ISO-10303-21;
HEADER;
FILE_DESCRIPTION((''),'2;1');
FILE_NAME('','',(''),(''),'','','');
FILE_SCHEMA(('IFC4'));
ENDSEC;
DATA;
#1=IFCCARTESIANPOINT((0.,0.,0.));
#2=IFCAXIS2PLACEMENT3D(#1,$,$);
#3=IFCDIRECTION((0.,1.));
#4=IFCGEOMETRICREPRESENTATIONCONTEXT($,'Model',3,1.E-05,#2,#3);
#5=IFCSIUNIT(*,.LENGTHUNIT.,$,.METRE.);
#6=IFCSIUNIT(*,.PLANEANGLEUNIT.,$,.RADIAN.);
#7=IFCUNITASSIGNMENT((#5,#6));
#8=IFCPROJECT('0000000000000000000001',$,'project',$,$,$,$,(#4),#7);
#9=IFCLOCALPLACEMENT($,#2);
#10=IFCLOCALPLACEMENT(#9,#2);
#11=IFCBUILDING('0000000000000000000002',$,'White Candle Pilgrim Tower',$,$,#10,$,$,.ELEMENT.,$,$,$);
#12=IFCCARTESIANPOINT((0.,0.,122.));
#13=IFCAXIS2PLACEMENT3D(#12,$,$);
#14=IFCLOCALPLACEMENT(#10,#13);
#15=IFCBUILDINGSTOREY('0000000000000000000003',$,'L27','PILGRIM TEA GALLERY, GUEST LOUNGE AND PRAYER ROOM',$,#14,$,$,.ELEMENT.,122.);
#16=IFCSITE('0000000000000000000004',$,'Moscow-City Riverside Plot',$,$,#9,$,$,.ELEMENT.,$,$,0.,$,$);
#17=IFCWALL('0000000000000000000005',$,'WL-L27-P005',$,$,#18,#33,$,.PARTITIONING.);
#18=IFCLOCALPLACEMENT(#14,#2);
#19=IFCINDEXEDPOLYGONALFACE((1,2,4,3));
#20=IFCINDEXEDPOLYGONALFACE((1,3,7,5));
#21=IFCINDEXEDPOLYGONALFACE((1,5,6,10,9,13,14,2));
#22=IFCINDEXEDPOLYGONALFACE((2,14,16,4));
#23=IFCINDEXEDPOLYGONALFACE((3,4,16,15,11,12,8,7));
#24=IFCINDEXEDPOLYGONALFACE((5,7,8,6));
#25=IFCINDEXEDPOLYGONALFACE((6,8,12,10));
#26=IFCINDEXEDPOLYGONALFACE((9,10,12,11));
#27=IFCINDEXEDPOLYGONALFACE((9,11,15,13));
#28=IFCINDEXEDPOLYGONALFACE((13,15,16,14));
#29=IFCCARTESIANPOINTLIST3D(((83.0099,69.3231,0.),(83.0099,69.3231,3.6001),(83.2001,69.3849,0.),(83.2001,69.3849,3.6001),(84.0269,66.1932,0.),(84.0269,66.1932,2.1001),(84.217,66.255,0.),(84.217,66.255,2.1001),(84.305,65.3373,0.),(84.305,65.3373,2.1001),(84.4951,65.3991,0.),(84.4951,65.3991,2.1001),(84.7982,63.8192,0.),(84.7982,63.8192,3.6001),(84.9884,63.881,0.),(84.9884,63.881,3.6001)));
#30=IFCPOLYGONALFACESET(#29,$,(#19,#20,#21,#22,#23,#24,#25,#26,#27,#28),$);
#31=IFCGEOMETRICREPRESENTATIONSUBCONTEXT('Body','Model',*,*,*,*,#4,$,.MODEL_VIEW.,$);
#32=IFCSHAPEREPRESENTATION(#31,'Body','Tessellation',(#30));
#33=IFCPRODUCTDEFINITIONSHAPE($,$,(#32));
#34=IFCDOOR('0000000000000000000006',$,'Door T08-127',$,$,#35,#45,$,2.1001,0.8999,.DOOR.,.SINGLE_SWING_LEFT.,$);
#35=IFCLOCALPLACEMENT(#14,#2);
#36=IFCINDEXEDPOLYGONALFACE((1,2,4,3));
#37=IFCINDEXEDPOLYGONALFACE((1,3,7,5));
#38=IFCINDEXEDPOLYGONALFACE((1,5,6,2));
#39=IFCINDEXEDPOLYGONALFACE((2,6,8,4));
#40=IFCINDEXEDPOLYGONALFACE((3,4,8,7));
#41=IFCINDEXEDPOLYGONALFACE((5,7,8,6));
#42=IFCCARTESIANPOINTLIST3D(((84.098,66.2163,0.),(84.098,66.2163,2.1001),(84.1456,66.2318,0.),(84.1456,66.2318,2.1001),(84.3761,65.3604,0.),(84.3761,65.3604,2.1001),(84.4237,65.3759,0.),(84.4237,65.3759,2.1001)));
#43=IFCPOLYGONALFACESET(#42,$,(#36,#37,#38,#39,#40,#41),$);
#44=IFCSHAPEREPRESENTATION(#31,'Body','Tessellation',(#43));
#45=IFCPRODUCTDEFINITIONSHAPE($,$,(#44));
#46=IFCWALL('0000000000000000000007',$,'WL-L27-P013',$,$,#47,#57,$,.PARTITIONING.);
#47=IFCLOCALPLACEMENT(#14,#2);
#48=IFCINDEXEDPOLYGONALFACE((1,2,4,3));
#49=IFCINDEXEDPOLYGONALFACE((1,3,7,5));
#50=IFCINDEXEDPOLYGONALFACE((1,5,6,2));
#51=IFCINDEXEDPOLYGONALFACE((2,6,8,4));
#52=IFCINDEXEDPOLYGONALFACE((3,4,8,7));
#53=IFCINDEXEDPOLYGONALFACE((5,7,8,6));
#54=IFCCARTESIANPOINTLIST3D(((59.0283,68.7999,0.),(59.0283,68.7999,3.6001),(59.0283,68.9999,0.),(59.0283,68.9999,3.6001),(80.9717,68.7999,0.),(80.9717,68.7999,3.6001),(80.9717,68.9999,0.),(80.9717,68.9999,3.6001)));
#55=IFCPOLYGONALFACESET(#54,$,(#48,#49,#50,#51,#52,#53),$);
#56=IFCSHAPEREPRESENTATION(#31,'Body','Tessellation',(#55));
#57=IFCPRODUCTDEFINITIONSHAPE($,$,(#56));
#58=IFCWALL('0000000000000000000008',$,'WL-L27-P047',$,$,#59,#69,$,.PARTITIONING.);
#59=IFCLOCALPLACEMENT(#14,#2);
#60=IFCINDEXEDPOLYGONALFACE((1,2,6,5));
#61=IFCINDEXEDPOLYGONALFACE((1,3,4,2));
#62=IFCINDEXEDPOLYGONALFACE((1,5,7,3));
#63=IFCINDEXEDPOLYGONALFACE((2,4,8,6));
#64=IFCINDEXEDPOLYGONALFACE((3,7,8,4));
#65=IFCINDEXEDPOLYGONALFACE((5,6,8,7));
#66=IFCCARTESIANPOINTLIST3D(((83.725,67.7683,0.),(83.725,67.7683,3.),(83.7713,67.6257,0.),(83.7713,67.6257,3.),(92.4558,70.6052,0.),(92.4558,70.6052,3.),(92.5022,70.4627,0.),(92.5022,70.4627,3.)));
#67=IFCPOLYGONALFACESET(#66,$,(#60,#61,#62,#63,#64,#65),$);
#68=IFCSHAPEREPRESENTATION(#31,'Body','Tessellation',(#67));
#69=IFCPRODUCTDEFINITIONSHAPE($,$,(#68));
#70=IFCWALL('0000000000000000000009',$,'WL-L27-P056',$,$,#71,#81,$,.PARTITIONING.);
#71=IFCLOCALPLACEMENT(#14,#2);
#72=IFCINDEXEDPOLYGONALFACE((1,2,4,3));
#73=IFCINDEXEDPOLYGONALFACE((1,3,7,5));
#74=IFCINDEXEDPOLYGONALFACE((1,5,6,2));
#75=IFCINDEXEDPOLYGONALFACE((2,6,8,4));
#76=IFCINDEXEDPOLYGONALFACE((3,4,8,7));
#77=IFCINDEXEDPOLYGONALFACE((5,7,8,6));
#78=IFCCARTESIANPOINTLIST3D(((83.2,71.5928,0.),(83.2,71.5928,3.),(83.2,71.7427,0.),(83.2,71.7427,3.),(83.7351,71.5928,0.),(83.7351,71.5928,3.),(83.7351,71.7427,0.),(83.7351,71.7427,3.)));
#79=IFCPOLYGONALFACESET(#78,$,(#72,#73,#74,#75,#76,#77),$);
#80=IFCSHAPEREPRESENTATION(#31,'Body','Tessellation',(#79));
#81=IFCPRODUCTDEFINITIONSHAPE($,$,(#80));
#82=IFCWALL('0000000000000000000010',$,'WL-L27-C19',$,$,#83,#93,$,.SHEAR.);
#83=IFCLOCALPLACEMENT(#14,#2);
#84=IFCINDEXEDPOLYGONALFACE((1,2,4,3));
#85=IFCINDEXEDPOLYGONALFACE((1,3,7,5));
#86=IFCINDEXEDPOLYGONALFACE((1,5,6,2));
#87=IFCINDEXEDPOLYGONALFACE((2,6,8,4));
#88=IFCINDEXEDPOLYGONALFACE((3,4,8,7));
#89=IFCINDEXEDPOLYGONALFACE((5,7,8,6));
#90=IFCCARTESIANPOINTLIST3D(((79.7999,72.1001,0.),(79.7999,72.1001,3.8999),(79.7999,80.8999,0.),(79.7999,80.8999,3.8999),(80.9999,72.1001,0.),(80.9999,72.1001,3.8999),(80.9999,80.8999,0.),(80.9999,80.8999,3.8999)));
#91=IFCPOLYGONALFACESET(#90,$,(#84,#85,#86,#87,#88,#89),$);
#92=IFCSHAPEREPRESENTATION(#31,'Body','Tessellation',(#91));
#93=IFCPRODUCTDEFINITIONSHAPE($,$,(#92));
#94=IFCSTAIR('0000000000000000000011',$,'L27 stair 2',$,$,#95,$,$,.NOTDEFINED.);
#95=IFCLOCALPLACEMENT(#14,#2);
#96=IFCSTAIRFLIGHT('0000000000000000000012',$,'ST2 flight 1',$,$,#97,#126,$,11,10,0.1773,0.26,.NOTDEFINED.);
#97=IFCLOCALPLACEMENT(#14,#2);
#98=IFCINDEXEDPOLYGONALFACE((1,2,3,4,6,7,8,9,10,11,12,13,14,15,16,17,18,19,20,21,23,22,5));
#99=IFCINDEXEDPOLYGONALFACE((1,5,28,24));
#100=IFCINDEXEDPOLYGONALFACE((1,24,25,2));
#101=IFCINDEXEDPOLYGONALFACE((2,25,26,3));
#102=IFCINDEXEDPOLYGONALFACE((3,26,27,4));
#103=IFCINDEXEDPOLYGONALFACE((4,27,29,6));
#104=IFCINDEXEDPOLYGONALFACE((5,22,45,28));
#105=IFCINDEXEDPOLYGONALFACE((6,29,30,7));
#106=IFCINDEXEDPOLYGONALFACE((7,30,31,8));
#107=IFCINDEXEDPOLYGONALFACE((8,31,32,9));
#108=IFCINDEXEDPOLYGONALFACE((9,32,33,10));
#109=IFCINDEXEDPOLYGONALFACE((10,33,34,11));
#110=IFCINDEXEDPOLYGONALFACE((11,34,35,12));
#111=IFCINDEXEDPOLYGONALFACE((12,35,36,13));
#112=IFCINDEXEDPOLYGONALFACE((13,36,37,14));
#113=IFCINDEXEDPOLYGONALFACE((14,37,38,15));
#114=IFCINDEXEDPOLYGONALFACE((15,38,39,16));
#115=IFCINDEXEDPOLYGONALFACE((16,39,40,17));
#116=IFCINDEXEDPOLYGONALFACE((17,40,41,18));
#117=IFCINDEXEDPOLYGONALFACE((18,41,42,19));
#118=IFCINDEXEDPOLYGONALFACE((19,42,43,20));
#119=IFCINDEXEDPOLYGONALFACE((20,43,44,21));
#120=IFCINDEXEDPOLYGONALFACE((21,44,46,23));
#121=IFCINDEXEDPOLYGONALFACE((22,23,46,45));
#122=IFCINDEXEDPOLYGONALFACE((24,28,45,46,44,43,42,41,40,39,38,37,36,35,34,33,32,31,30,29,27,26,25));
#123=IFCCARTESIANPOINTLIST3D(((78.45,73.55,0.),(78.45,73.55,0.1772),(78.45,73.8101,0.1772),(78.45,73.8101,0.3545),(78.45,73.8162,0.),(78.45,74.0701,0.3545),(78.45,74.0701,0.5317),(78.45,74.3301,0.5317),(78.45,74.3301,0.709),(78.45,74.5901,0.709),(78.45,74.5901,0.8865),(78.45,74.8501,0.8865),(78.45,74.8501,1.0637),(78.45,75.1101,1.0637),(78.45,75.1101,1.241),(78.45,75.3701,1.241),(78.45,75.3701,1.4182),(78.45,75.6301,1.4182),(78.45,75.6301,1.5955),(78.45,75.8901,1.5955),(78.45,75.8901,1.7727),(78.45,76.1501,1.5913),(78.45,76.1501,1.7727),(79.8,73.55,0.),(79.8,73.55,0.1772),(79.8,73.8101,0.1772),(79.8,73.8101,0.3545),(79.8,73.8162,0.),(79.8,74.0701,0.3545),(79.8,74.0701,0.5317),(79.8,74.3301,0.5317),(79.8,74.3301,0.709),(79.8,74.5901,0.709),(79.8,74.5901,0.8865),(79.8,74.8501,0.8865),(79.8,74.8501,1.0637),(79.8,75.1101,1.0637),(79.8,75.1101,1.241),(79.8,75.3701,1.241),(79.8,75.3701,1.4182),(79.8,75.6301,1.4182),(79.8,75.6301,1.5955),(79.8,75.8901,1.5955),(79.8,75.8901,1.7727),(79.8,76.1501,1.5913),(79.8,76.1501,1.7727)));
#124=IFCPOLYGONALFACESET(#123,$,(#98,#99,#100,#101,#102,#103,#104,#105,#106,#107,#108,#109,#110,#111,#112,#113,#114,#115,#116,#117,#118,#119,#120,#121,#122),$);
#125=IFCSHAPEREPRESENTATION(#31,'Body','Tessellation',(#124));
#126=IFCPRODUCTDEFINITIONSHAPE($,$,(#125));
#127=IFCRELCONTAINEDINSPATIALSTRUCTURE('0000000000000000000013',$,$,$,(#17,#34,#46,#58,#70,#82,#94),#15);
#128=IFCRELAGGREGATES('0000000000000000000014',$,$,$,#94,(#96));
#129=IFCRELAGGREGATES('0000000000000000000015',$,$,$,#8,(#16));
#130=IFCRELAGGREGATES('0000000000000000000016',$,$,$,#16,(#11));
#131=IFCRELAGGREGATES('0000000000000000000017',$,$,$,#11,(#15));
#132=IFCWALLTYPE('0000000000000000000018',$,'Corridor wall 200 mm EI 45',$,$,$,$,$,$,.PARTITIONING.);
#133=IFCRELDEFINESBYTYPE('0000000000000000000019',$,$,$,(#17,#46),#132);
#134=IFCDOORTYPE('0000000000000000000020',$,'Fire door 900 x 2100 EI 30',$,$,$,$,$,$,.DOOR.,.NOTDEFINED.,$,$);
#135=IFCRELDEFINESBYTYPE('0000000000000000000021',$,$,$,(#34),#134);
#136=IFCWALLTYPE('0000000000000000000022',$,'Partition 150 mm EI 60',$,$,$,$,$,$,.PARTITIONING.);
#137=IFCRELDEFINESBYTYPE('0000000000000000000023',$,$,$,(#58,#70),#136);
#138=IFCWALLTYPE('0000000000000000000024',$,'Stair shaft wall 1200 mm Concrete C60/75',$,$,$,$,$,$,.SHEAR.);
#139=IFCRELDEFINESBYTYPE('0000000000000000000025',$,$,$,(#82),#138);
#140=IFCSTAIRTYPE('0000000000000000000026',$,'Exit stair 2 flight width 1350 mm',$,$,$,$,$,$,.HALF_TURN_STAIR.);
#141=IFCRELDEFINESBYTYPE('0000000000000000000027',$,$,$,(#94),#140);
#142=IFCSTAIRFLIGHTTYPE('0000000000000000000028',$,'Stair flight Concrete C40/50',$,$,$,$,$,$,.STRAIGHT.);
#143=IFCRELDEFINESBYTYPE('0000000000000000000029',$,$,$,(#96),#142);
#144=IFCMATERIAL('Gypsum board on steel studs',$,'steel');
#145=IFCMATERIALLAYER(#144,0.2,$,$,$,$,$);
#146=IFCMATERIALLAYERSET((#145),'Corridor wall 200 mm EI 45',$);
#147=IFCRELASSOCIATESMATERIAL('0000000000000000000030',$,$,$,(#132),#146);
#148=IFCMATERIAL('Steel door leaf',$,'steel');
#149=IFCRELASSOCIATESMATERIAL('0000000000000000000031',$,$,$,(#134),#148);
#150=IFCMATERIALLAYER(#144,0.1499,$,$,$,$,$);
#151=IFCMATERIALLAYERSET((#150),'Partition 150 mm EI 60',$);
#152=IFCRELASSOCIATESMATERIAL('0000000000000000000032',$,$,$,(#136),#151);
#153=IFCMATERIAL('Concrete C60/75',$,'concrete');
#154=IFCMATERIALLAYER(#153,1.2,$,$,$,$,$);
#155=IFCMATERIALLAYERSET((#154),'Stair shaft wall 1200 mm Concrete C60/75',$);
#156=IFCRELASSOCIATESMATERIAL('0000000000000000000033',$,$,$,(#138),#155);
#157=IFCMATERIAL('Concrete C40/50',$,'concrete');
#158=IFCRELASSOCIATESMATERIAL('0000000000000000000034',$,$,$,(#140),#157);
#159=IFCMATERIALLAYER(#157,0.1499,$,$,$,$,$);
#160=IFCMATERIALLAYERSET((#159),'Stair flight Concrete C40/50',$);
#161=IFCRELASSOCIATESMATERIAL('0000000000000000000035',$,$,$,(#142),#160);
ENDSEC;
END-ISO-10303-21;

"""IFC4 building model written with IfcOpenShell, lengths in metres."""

from ifc_helpers import new_model, si_unit, direction, frame, frame_2d, origin, place, context, subcontext, project, spatial, polyline, rectangle, outline, extrude, material, layer, layer_set, type_object, element, fill, aggregate, save


model = new_model("IFC4")

# Units and contexts
model_context = context("Model", 3, precision=1e-05, world=origin(), true_north=direction((0.0, 1.0)))
body_context = subcontext(model_context, "Body", "Model", "MODEL_VIEW")
ifc_project = project(units=[si_unit("LENGTHUNIT", "METRE"), si_unit("PLANEANGLEUNIT", "RADIAN")], contexts=[model_context])

# Site, building, storey
site_placement = place(None, origin())
site = spatial("IfcSite", under=ifc_project, at=site_placement, Name="Moscow-City Riverside Plot", CompositionType="ELEMENT", RefElevation=0.0)
building_placement = place(site_placement, origin())
building = spatial("IfcBuilding", under=site, at=building_placement, Name="White Candle Pilgrim Tower", CompositionType="ELEMENT")
storey_placement = place(building_placement, frame((0.0, 0.0, 122.0)))
storey = spatial("IfcBuildingStorey", under=building, at=storey_placement, Name="L27", Description="PILGRIM TEA GALLERY, GUEST LOUNGE AND PRAYER ROOM", CompositionType="ELEMENT", Elevation=122.0)

# Wall, opening, door
ifc_material_1 = material(Name="Gypsum board on steel studs", Category="steel")
ifc_layer_1 = layer(ifc_material_1, 0.2)
ifc_layer_set_1 = layer_set([ifc_layer_1], Name="Corridor wall 200 mm EI 45")
wall_type_1 = type_object("IfcWallType", Name="Corridor wall 200 mm EI 45", PredefinedType="PARTITIONING", material=ifc_layer_set_1)
wall_1_placement = place(storey_placement, frame((83.105, 69.354, 0.0), z_axis=(0.0, 0.0, 1.0), x_axis=(0.309017, -0.951056, 0.0)))
wall_1 = element("IfcWall", 1, at=wall_1_placement, inside=storey, type_object=wall_type_1, Name="WL-L27-P005", PredefinedType="PARTITIONING", context=body_context, shape_type="SweptSolid", body=[
    extrude(rectangle(XDim=5.7871, YDim=0.2, at=frame_2d((2.8936, 0.0))), origin(), (0.0, 0.0, 1.0), 3.6001),
])
opening_placement = place(wall_1_placement, frame((3.291, 0.0, 0.0)))
opening = element("IfcOpeningElement", 2, at=opening_placement, cuts=wall_1, PredefinedType="OPENING", context=body_context, shape_type="SweptSolid", body=[
    extrude(rectangle(XDim=0.8999, YDim=2.1001, at=frame_2d((0.45, 1.05))), frame((0.0, 0.1099, 0.0), z_axis=(0.0, -1.0, 0.0), x_axis=(1.0, 0.0, 0.0)), (0.0, 0.0, 1.0), 0.22),
])
ifc_material_2 = material(Name="Steel door leaf", Category="steel")
door_type = type_object("IfcDoorType", Name="Fire door 900 x 2100 EI 30", OperationType="NOTDEFINED", PredefinedType="DOOR", material=ifc_material_2)
door_placement = place(opening_placement, origin())
door = element("IfcDoor", 3, at=door_placement, inside=storey, type_object=door_type, Name="Door T08-127", OperationType="SINGLE_SWING_LEFT", OverallHeight=2.1001, OverallWidth=0.8999, PredefinedType="DOOR", context=body_context, shape_type="SweptSolid", body=[
    extrude(rectangle(XDim=0.8999, YDim=2.1001, at=frame_2d((0.45, 1.05))), frame((0.0, 0.0249, 0.0), z_axis=(0.0, -1.0, 0.0), x_axis=(1.0, 0.0, 0.0)), (0.0, 0.0, 1.0), 0.05),
])
fill(opening, door)

# Walls
wall_2_placement = place(storey_placement, frame((80.9717, 68.8999, 0.0), z_axis=(0.0, 0.0, 1.0), x_axis=(-1.0, 0.0, 0.0)))
element("IfcWall", 4, at=wall_2_placement, inside=storey, type_object=wall_type_1, Name="WL-L27-P013", PredefinedType="PARTITIONING", context=body_context, shape_type="SweptSolid", body=[
    extrude(rectangle(XDim=21.9434, YDim=0.2, at=frame_2d((10.9717, 0.0))), origin(), (0.0, 0.0, 1.0), 3.6001),
])
ifc_layer_2 = layer(ifc_material_1, 0.1499)
ifc_layer_set_2 = layer_set([ifc_layer_2], Name="Partition 150 mm EI 60")
wall_type_2 = type_object("IfcWallType", Name="Partition 150 mm EI 60", PredefinedType="PARTITIONING", material=ifc_layer_set_2)
wall_3_placement = place(storey_placement, frame((92.479, 70.5339, 0.0), z_axis=(0.0, 0.0, 1.0), x_axis=(-0.951052, -0.30903, 0.0)))
element("IfcWall", 5, at=wall_3_placement, inside=storey, type_object=wall_type_2, Name="WL-L27-P047", PredefinedType="PARTITIONING", context=body_context, shape_type="SweptSolid", body=[
    extrude(rectangle(XDim=9.1802, YDim=0.1499, at=frame_2d((4.5901, 0.0))), origin(), (0.0, 0.0, 1.0), 3.0),
])
wall_4_placement = place(storey_placement, frame((83.7351, 71.6677, 0.0), z_axis=(0.0, 0.0, 1.0), x_axis=(-1.0, 0.0, 0.0)))
element("IfcWall", 6, at=wall_4_placement, inside=storey, type_object=wall_type_2, Name="WL-L27-P056", PredefinedType="PARTITIONING", context=body_context, shape_type="SweptSolid", body=[
    extrude(rectangle(XDim=0.5352, YDim=0.1499, at=frame_2d((0.2676, 0.0))), origin(), (0.0, 0.0, 1.0), 3.0),
])
ifc_material_3 = material(Name="Concrete C60/75", Category="concrete")
ifc_layer_3 = layer(ifc_material_3, 1.2)
ifc_layer_set_3 = layer_set([ifc_layer_3], Name="Stair shaft wall 1200 mm Concrete C60/75")
wall_type_3 = type_object("IfcWallType", Name="Stair shaft wall 1200 mm Concrete C60/75", PredefinedType="SHEAR", material=ifc_layer_set_3)
wall_5_placement = place(storey_placement, frame((80.3999, 72.1001, 0.0), z_axis=(0.0, 0.0, 1.0), x_axis=(0.0, 1.0, 0.0)))
element("IfcWall", 7, at=wall_5_placement, inside=storey, type_object=wall_type_3, Name="WL-L27-C19", PredefinedType="SHEAR", context=body_context, shape_type="SweptSolid", body=[
    extrude(rectangle(XDim=8.7998, YDim=1.2, at=frame_2d((4.3999, 0.0))), origin(), (0.0, 0.0, 1.0), 3.8999),
])

# Stair, stair flight
ifc_material_4 = material(Name="Concrete C40/50", Category="concrete")
stair_type = type_object("IfcStairType", Name="Exit stair 2 flight width 1350 mm", PredefinedType="HALF_TURN_STAIR", material=ifc_material_4)
stair_placement = place(storey_placement, origin())
stair = element("IfcStair", 8, at=stair_placement, inside=storey, type_object=stair_type, Name="L27 stair 2", PredefinedType="NOTDEFINED")
ifc_layer_4 = layer(ifc_material_4, 0.1499)
ifc_layer_set_4 = layer_set([ifc_layer_4], Name="Stair flight Concrete C40/50")
stair_flight_type = type_object("IfcStairFlightType", Name="Stair flight Concrete C40/50", PredefinedType="STRAIGHT", material=ifc_layer_set_4)
stair_flight_placement = place(storey_placement, frame((79.125, 73.55, 0.0), z_axis=(0.0, 0.0, 1.0), x_axis=(0.0, 1.0, 0.0)))
stair_flight = element("IfcStairFlight", 9, at=stair_flight_placement, type_object=stair_flight_type, Name="ST2 flight 1", NumberOfRisers=11, NumberOfTreads=10, PredefinedType="NOTDEFINED", RiserHeight=0.1773, TreadLength=0.26, context=body_context, shape_type="SweptSolid", body=[
    extrude(outline(polyline([(0.0, 0.0), (0.0, 0.1772), (0.26, 0.1772), (0.26, 0.3545), (0.52, 0.3545), (0.52, 0.5317), (0.78, 0.5317), (0.78, 0.709), (1.04, 0.709), (1.04, 0.8865), (1.3, 0.8865), (1.3, 1.0637), (1.5601, 1.0637), (1.5601, 1.241), (1.8201, 1.241), (1.8201, 1.4182), (2.0801, 1.4182), (2.0801, 1.5955), (2.3401, 1.5955), (2.3401, 1.7727), (2.6001, 1.7727), (2.6001, 1.95), (2.6001, 1.5913), (0.2661, 0.0), (0.0, 0.0)])), frame((0.0, 0.675, 0.0), z_axis=(0.0, -1.0, 0.0), x_axis=(1.0, 0.0, 0.0)), (0.0, 0.0, 1.0), 1.3501),
])
aggregate(stair, [stair_flight])

save(model, "model.ifc")
